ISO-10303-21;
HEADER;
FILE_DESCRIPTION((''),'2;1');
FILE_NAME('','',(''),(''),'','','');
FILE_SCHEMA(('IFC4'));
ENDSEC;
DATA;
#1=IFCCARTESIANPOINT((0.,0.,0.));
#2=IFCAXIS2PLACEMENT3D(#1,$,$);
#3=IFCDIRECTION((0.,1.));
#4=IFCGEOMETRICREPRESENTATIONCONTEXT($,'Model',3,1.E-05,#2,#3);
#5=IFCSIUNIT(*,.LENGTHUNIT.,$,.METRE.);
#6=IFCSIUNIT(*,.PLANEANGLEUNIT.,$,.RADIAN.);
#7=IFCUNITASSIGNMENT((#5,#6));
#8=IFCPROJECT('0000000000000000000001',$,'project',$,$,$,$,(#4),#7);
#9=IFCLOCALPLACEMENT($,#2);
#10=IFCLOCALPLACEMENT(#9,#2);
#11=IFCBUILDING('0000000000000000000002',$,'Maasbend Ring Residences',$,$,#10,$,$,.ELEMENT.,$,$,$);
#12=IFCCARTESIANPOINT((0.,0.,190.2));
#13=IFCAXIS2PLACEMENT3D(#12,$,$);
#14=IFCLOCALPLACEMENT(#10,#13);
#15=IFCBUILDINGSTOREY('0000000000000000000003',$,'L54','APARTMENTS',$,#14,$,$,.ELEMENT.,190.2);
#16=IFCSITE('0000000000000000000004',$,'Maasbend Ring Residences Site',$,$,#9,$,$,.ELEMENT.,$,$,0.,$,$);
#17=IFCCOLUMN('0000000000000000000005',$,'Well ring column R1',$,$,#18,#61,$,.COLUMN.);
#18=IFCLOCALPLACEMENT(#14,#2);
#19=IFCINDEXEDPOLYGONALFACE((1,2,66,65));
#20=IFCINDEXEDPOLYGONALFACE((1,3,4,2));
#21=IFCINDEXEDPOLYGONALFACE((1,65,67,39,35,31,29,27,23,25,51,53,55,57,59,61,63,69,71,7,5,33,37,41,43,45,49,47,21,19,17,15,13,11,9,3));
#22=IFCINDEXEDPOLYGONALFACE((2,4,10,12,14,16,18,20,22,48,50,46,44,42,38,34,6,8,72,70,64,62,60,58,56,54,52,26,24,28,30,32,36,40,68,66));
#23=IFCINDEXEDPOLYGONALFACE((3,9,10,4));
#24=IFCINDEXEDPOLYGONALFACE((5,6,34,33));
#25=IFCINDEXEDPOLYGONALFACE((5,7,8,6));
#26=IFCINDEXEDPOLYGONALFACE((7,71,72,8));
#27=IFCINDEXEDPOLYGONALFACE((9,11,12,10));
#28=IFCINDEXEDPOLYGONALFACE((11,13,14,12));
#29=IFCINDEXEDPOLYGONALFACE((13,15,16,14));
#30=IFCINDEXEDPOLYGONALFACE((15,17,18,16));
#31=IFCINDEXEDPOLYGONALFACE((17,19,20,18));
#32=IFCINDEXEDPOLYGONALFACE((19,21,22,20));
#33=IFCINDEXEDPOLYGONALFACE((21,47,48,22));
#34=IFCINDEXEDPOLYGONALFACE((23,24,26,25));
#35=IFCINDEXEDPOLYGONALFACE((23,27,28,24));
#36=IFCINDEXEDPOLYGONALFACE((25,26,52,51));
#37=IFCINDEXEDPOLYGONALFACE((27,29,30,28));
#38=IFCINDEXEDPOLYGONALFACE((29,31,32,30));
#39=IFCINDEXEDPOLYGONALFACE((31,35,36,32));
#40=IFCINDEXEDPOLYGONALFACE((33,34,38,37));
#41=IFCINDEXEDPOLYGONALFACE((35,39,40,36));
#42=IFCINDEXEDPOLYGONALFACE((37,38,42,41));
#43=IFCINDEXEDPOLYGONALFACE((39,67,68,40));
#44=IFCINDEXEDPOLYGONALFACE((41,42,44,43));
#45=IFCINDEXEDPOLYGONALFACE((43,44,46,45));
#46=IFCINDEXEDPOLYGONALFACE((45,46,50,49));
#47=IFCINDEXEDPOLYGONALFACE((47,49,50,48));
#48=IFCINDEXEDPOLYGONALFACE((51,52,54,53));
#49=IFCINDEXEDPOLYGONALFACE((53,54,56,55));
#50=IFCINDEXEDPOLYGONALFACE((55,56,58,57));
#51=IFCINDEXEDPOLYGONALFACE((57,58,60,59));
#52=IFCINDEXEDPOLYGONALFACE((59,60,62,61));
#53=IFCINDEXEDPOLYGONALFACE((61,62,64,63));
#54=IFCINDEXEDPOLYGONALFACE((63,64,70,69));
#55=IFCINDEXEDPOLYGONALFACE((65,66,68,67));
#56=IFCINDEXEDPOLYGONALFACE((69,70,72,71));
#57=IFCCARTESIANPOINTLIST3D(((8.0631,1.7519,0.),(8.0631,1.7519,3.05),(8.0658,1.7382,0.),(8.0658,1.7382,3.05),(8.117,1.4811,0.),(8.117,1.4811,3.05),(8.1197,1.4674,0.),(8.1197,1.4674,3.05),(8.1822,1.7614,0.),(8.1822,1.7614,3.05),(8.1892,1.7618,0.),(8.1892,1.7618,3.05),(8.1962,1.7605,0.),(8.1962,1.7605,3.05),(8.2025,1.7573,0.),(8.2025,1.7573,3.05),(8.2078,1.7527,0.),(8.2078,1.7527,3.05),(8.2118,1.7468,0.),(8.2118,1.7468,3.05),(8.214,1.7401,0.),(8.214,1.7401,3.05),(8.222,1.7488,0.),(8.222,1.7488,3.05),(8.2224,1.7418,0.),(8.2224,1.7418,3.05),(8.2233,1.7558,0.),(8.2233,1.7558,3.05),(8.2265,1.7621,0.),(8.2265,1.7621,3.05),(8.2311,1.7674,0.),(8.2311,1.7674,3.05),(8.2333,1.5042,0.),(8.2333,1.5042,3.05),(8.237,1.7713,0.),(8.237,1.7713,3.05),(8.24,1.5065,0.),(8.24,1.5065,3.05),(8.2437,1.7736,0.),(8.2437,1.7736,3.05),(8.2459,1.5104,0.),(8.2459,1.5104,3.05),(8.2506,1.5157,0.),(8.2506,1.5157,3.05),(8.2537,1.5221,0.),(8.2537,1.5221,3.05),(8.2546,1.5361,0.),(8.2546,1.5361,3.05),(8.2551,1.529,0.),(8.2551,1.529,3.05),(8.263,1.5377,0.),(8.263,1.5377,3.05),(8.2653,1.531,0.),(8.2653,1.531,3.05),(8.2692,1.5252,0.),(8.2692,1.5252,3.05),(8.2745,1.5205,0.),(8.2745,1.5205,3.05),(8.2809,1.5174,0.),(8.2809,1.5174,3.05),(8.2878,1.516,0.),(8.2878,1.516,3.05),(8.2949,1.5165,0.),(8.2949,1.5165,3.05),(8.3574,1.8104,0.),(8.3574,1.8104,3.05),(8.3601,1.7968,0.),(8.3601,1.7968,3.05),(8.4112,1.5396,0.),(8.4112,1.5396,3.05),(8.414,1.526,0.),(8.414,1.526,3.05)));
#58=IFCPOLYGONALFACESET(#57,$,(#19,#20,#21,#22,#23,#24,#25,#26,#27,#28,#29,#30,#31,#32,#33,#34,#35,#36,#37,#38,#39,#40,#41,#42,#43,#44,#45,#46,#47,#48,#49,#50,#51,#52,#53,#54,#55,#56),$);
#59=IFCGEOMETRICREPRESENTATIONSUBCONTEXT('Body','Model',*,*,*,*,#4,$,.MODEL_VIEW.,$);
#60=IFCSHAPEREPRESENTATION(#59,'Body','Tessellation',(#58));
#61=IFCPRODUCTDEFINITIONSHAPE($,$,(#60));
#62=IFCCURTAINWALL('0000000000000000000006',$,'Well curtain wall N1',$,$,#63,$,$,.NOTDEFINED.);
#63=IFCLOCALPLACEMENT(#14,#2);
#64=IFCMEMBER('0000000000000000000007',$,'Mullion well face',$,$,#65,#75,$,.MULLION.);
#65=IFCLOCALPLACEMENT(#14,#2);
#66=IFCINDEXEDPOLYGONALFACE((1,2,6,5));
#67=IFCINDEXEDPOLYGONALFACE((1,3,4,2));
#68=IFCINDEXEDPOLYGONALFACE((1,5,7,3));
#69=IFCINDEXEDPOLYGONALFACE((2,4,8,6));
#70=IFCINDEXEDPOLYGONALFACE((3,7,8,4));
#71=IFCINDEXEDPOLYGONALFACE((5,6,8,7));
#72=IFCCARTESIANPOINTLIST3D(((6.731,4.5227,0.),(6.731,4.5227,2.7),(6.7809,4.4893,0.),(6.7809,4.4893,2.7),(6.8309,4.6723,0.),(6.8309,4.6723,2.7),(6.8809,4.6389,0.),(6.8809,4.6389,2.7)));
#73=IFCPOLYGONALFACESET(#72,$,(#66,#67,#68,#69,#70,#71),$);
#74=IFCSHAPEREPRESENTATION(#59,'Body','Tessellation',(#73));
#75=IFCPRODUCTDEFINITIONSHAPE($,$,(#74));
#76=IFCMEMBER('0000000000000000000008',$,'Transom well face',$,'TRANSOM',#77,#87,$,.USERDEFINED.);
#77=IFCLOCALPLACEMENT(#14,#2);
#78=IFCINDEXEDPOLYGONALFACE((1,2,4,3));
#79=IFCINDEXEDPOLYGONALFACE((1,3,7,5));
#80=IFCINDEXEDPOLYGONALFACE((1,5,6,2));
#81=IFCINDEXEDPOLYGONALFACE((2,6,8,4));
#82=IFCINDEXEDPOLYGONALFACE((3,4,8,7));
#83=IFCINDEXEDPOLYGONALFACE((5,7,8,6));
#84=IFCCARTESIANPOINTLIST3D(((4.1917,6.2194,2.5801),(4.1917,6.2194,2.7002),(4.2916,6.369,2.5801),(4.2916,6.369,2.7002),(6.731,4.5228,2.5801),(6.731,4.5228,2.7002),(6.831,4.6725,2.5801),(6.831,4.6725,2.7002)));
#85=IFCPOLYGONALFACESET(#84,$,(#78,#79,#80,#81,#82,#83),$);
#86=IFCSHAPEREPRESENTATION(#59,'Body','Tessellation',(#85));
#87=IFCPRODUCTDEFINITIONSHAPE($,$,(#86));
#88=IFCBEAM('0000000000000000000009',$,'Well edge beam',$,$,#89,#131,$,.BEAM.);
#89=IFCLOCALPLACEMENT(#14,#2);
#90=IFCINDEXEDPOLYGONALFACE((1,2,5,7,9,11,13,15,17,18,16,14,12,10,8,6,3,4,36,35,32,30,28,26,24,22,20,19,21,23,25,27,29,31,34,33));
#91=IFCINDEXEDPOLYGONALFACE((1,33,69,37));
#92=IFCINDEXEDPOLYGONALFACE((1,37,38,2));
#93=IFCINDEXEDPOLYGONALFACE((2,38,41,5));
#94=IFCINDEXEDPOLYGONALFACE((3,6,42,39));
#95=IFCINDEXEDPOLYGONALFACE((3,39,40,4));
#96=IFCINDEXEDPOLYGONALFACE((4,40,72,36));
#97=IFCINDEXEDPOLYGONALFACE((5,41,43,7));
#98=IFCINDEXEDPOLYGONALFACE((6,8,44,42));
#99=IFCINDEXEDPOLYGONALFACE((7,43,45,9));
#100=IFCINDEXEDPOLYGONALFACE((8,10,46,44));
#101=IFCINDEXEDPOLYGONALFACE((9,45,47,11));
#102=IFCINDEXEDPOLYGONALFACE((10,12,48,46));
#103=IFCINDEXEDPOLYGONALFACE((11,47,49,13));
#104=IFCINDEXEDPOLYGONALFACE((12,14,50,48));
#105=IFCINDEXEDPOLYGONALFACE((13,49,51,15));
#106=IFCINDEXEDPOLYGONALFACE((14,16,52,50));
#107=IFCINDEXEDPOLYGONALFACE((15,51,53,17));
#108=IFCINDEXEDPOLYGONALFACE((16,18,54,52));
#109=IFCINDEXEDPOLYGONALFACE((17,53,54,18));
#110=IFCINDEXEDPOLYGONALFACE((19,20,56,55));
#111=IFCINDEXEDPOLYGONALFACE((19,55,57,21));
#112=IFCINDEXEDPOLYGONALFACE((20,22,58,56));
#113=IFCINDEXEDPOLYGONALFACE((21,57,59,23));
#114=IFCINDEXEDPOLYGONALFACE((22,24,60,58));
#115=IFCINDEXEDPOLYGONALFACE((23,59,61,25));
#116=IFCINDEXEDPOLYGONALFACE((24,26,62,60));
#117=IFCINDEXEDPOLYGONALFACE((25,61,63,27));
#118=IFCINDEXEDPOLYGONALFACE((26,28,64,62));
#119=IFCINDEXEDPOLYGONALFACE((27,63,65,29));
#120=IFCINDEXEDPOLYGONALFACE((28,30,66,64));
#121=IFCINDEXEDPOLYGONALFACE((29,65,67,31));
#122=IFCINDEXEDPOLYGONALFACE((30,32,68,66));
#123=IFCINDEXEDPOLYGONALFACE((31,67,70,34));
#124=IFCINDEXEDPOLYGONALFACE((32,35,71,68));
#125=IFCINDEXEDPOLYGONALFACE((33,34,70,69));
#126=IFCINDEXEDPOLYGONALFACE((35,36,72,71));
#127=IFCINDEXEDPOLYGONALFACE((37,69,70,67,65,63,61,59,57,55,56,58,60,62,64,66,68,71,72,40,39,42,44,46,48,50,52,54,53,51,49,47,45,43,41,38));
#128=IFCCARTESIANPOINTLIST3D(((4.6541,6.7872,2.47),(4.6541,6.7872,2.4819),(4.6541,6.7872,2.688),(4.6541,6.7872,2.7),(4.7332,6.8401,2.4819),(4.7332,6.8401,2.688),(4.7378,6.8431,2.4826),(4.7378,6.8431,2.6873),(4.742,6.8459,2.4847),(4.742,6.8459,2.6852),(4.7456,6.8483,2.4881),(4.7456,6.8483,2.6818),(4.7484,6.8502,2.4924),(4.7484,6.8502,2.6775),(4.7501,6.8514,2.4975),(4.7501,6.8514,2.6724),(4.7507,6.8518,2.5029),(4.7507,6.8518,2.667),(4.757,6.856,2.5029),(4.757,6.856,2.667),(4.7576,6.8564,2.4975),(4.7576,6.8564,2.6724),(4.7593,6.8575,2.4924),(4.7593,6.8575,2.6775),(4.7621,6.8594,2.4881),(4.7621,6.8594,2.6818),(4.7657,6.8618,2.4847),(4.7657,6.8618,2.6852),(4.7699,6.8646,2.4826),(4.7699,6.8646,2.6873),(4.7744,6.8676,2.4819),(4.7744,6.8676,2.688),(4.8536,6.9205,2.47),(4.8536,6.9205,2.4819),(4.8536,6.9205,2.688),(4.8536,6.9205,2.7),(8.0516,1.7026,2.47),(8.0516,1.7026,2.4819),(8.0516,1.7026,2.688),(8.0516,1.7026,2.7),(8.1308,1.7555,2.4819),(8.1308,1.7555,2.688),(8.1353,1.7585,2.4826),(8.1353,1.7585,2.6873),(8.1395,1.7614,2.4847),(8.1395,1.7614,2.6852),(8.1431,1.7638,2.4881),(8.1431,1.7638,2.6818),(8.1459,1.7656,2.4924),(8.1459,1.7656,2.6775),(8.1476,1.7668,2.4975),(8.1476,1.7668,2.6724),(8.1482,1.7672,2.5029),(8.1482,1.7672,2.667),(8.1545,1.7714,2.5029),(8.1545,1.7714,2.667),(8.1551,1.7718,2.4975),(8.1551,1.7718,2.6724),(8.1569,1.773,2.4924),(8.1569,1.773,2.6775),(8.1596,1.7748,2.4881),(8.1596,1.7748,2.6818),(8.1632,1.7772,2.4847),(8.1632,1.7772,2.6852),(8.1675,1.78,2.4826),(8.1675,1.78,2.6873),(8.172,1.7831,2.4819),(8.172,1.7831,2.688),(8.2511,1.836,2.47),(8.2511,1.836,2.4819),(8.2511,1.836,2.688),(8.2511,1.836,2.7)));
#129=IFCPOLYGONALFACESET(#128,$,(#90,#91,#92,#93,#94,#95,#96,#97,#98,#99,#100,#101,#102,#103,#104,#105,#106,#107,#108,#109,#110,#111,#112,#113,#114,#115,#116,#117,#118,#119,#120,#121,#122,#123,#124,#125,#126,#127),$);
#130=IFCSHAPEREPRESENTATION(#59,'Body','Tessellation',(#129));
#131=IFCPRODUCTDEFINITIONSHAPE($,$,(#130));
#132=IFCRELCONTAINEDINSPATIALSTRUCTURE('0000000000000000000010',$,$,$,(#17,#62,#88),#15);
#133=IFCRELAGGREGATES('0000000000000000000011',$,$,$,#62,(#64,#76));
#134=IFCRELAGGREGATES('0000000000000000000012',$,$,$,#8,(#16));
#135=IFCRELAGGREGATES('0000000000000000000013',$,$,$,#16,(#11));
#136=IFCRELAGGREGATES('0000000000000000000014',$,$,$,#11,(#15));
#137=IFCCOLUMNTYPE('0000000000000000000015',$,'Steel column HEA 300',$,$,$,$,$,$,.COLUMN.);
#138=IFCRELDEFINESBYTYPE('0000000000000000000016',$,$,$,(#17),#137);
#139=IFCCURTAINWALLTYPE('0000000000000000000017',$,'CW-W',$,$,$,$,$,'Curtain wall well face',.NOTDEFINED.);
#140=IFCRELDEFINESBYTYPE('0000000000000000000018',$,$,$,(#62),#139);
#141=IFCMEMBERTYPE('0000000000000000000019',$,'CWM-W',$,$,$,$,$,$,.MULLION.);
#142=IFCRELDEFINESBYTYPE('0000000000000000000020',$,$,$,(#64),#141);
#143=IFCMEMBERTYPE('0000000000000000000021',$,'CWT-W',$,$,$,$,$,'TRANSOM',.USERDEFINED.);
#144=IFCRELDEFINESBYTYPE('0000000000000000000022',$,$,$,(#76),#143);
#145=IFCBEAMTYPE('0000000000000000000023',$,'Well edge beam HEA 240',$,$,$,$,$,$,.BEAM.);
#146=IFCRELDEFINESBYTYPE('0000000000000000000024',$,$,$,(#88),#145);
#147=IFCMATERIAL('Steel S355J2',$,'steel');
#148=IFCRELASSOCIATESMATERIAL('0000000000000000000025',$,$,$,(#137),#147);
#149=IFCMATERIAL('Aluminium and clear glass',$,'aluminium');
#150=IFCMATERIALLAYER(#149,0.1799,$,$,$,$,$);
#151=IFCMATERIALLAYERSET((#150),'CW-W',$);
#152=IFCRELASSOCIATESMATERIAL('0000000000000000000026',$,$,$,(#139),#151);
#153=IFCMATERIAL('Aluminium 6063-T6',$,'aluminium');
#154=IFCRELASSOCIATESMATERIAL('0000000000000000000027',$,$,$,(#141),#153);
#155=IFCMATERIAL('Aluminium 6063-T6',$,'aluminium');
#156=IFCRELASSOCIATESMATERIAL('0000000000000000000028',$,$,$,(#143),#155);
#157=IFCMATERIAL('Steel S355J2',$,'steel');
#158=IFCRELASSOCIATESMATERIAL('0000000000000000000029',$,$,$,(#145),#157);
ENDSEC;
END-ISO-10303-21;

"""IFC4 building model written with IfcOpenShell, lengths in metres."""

from ifc_helpers import new_model, si_unit, direction, frame, origin, origin_2d, place, context, subcontext, project, spatial, rectangle, i_section, extrude, material, layer, layer_set, material_profile, profile_set, type_object, element, aggregate, save


model = new_model("IFC4")

# Units and contexts
model_context = context("Model", 3, precision=1e-05, world=origin(), true_north=direction((0.0, 1.0)))
body_context = subcontext(model_context, "Body", "Model", "MODEL_VIEW")
ifc_project = project(units=[si_unit("LENGTHUNIT", "METRE"), si_unit("PLANEANGLEUNIT", "RADIAN")], contexts=[model_context])

# Site, building, storey
site_placement = place(None, origin())
site = spatial("IfcSite", under=ifc_project, at=site_placement, Name="Maasbend Ring Residences Site", CompositionType="ELEMENT", RefElevation=0.0)
building_placement = place(site_placement, origin())
building = spatial("IfcBuilding", under=site, at=building_placement, Name="Maasbend Ring Residences", CompositionType="ELEMENT")
storey_placement = place(building_placement, frame((0.0, 0.0, 190.2)))
storey = spatial("IfcBuildingStorey", under=building, at=storey_placement, Name="L54", Description="APARTMENTS", CompositionType="ELEMENT", Elevation=190.2)

# Column
ifc_material_1 = material(Name="Steel S355J2", Category="steel")
ifc_material_profile_1 = material_profile(ifc_material_1, i_section(OverallWidth=0.3, OverallDepth=0.29, WebThickness=0.0085, FlangeThickness=0.0139, FilletRadius=0.0271, at=origin_2d()), Name="HEA 300")
ifc_profile_set_1 = profile_set([ifc_material_profile_1], Name="Steel S355J2")
column_type = type_object("IfcColumnType", Name="Steel column HEA 300", PredefinedType="COLUMN", material=ifc_profile_set_1)
column_placement = place(storey_placement, frame((8.2385, 1.6389, 0.0), z_axis=(0.0, 0.0, 1.0), x_axis=(0.980785, 0.19509, 0.0)))
element("IfcColumn", 1, at=column_placement, inside=storey, type_object=column_type, Name="Well ring column R1", PredefinedType="COLUMN", context=body_context, shape_type="SweptSolid", body=[
    extrude(i_section(OverallWidth=0.3, OverallDepth=0.29, WebThickness=0.0085, FlangeThickness=0.0139, FilletRadius=0.0271, at=origin_2d()), origin(), (0.0, 0.0, 1.0), 3.05),
])

# Curtain wall, members
ifc_material_2 = material(Name="Aluminium and clear glass", Category="aluminium")
ifc_layer_1 = layer(ifc_material_2, 0.1799)
ifc_layer_set_1 = layer_set([ifc_layer_1], Name="CW-W")
curtain_wall_type = type_object("IfcCurtainWallType", Name="CW-W", ElementType="Curtain wall well face", PredefinedType="NOTDEFINED", material=ifc_layer_set_1)
curtain_wall_placement = place(storey_placement, origin())
curtain_wall = element("IfcCurtainWall", 2, at=curtain_wall_placement, inside=storey, type_object=curtain_wall_type, Name="Well curtain wall N1", PredefinedType="NOTDEFINED")
ifc_material_3 = material(Name="Aluminium 6063-T6", Category="aluminium")
ifc_material_profile_2 = material_profile(ifc_material_3, rectangle(XDim=0.1799, YDim=0.0601, at=origin_2d()), Name="AL 180x60")
ifc_profile_set_2 = profile_set([ifc_material_profile_2], Name="Aluminium 6063-T6")
member_type_1 = type_object("IfcMemberType", Name="CWM-W", PredefinedType="MULLION", material=ifc_profile_set_2)
member_1_placement = place(storey_placement, frame((6.8059, 4.5808, 0.0), z_axis=(0.0, 0.0, 1.0), x_axis=(-0.55557, -0.83147, 0.0)))
member_1 = element("IfcMember", 3, at=member_1_placement, type_object=member_type_1, Name="Mullion well face", PredefinedType="MULLION", context=body_context, shape_type="SweptSolid", body=[
    extrude(rectangle(XDim=0.1799, YDim=0.0601, at=origin_2d()), origin(), (0.0, 0.0, 1.0), 2.7),
])
ifc_material_4 = material(Name="Aluminium 6063-T6", Category="aluminium")
ifc_material_profile_3 = material_profile(ifc_material_4, rectangle(XDim=0.1799, YDim=0.1201, at=origin_2d()), Name="AL 180x120")
ifc_profile_set_3 = profile_set([ifc_material_profile_3], Name="Aluminium 6063-T6")
member_type_2 = type_object("IfcMemberType", Name="CWT-W", ElementType="TRANSOM", PredefinedType="USERDEFINED", material=ifc_profile_set_3)
member_2_placement = place(storey_placement, frame((6.781, 4.5977, 2.6401), z_axis=(-0.831496, 0.55553, 0.0), x_axis=(-0.55553, -0.831496, 0.0)))
member_2 = element("IfcMember", 4, at=member_2_placement, type_object=member_type_2, Name="Transom well face", ObjectType="TRANSOM", PredefinedType="USERDEFINED", context=body_context, shape_type="SweptSolid", body=[
    extrude(rectangle(XDim=0.1799, YDim=0.1201, at=origin_2d()), origin(), (0.0, 0.0, 1.0), 3.054),
])
aggregate(curtain_wall, [member_1, member_2])

# Beam
ifc_material_5 = material(Name="Steel S355J2", Category="steel")
ifc_material_profile_4 = material_profile(ifc_material_5, i_section(OverallWidth=0.24, OverallDepth=0.23, WebThickness=0.0076, FlangeThickness=0.012, FilletRadius=0.021, at=origin_2d()), Name="HEA 240")
ifc_profile_set_4 = profile_set([ifc_material_profile_4], Name="Steel S355J2")
beam_type = type_object("IfcBeamType", Name="Well edge beam HEA 240", PredefinedType="BEAM", material=ifc_profile_set_4)
beam_placement = place(storey_placement, frame((8.1514, 1.7693, 2.585), z_axis=(-0.555584, 0.83146, 0.0), x_axis=(-0.83146, -0.555584, 0.0)))
element("IfcBeam", 5, at=beam_placement, inside=storey, type_object=beam_type, Name="Well edge beam", PredefinedType="BEAM", context=body_context, shape_type="SweptSolid", body=[
    extrude(i_section(OverallWidth=0.24, OverallDepth=0.23, WebThickness=0.0076, FlangeThickness=0.012, FilletRadius=0.021, at=origin_2d()), origin(), (0.0, 0.0, 1.0), 6.1152),
])

save(model, "model.ifc")
